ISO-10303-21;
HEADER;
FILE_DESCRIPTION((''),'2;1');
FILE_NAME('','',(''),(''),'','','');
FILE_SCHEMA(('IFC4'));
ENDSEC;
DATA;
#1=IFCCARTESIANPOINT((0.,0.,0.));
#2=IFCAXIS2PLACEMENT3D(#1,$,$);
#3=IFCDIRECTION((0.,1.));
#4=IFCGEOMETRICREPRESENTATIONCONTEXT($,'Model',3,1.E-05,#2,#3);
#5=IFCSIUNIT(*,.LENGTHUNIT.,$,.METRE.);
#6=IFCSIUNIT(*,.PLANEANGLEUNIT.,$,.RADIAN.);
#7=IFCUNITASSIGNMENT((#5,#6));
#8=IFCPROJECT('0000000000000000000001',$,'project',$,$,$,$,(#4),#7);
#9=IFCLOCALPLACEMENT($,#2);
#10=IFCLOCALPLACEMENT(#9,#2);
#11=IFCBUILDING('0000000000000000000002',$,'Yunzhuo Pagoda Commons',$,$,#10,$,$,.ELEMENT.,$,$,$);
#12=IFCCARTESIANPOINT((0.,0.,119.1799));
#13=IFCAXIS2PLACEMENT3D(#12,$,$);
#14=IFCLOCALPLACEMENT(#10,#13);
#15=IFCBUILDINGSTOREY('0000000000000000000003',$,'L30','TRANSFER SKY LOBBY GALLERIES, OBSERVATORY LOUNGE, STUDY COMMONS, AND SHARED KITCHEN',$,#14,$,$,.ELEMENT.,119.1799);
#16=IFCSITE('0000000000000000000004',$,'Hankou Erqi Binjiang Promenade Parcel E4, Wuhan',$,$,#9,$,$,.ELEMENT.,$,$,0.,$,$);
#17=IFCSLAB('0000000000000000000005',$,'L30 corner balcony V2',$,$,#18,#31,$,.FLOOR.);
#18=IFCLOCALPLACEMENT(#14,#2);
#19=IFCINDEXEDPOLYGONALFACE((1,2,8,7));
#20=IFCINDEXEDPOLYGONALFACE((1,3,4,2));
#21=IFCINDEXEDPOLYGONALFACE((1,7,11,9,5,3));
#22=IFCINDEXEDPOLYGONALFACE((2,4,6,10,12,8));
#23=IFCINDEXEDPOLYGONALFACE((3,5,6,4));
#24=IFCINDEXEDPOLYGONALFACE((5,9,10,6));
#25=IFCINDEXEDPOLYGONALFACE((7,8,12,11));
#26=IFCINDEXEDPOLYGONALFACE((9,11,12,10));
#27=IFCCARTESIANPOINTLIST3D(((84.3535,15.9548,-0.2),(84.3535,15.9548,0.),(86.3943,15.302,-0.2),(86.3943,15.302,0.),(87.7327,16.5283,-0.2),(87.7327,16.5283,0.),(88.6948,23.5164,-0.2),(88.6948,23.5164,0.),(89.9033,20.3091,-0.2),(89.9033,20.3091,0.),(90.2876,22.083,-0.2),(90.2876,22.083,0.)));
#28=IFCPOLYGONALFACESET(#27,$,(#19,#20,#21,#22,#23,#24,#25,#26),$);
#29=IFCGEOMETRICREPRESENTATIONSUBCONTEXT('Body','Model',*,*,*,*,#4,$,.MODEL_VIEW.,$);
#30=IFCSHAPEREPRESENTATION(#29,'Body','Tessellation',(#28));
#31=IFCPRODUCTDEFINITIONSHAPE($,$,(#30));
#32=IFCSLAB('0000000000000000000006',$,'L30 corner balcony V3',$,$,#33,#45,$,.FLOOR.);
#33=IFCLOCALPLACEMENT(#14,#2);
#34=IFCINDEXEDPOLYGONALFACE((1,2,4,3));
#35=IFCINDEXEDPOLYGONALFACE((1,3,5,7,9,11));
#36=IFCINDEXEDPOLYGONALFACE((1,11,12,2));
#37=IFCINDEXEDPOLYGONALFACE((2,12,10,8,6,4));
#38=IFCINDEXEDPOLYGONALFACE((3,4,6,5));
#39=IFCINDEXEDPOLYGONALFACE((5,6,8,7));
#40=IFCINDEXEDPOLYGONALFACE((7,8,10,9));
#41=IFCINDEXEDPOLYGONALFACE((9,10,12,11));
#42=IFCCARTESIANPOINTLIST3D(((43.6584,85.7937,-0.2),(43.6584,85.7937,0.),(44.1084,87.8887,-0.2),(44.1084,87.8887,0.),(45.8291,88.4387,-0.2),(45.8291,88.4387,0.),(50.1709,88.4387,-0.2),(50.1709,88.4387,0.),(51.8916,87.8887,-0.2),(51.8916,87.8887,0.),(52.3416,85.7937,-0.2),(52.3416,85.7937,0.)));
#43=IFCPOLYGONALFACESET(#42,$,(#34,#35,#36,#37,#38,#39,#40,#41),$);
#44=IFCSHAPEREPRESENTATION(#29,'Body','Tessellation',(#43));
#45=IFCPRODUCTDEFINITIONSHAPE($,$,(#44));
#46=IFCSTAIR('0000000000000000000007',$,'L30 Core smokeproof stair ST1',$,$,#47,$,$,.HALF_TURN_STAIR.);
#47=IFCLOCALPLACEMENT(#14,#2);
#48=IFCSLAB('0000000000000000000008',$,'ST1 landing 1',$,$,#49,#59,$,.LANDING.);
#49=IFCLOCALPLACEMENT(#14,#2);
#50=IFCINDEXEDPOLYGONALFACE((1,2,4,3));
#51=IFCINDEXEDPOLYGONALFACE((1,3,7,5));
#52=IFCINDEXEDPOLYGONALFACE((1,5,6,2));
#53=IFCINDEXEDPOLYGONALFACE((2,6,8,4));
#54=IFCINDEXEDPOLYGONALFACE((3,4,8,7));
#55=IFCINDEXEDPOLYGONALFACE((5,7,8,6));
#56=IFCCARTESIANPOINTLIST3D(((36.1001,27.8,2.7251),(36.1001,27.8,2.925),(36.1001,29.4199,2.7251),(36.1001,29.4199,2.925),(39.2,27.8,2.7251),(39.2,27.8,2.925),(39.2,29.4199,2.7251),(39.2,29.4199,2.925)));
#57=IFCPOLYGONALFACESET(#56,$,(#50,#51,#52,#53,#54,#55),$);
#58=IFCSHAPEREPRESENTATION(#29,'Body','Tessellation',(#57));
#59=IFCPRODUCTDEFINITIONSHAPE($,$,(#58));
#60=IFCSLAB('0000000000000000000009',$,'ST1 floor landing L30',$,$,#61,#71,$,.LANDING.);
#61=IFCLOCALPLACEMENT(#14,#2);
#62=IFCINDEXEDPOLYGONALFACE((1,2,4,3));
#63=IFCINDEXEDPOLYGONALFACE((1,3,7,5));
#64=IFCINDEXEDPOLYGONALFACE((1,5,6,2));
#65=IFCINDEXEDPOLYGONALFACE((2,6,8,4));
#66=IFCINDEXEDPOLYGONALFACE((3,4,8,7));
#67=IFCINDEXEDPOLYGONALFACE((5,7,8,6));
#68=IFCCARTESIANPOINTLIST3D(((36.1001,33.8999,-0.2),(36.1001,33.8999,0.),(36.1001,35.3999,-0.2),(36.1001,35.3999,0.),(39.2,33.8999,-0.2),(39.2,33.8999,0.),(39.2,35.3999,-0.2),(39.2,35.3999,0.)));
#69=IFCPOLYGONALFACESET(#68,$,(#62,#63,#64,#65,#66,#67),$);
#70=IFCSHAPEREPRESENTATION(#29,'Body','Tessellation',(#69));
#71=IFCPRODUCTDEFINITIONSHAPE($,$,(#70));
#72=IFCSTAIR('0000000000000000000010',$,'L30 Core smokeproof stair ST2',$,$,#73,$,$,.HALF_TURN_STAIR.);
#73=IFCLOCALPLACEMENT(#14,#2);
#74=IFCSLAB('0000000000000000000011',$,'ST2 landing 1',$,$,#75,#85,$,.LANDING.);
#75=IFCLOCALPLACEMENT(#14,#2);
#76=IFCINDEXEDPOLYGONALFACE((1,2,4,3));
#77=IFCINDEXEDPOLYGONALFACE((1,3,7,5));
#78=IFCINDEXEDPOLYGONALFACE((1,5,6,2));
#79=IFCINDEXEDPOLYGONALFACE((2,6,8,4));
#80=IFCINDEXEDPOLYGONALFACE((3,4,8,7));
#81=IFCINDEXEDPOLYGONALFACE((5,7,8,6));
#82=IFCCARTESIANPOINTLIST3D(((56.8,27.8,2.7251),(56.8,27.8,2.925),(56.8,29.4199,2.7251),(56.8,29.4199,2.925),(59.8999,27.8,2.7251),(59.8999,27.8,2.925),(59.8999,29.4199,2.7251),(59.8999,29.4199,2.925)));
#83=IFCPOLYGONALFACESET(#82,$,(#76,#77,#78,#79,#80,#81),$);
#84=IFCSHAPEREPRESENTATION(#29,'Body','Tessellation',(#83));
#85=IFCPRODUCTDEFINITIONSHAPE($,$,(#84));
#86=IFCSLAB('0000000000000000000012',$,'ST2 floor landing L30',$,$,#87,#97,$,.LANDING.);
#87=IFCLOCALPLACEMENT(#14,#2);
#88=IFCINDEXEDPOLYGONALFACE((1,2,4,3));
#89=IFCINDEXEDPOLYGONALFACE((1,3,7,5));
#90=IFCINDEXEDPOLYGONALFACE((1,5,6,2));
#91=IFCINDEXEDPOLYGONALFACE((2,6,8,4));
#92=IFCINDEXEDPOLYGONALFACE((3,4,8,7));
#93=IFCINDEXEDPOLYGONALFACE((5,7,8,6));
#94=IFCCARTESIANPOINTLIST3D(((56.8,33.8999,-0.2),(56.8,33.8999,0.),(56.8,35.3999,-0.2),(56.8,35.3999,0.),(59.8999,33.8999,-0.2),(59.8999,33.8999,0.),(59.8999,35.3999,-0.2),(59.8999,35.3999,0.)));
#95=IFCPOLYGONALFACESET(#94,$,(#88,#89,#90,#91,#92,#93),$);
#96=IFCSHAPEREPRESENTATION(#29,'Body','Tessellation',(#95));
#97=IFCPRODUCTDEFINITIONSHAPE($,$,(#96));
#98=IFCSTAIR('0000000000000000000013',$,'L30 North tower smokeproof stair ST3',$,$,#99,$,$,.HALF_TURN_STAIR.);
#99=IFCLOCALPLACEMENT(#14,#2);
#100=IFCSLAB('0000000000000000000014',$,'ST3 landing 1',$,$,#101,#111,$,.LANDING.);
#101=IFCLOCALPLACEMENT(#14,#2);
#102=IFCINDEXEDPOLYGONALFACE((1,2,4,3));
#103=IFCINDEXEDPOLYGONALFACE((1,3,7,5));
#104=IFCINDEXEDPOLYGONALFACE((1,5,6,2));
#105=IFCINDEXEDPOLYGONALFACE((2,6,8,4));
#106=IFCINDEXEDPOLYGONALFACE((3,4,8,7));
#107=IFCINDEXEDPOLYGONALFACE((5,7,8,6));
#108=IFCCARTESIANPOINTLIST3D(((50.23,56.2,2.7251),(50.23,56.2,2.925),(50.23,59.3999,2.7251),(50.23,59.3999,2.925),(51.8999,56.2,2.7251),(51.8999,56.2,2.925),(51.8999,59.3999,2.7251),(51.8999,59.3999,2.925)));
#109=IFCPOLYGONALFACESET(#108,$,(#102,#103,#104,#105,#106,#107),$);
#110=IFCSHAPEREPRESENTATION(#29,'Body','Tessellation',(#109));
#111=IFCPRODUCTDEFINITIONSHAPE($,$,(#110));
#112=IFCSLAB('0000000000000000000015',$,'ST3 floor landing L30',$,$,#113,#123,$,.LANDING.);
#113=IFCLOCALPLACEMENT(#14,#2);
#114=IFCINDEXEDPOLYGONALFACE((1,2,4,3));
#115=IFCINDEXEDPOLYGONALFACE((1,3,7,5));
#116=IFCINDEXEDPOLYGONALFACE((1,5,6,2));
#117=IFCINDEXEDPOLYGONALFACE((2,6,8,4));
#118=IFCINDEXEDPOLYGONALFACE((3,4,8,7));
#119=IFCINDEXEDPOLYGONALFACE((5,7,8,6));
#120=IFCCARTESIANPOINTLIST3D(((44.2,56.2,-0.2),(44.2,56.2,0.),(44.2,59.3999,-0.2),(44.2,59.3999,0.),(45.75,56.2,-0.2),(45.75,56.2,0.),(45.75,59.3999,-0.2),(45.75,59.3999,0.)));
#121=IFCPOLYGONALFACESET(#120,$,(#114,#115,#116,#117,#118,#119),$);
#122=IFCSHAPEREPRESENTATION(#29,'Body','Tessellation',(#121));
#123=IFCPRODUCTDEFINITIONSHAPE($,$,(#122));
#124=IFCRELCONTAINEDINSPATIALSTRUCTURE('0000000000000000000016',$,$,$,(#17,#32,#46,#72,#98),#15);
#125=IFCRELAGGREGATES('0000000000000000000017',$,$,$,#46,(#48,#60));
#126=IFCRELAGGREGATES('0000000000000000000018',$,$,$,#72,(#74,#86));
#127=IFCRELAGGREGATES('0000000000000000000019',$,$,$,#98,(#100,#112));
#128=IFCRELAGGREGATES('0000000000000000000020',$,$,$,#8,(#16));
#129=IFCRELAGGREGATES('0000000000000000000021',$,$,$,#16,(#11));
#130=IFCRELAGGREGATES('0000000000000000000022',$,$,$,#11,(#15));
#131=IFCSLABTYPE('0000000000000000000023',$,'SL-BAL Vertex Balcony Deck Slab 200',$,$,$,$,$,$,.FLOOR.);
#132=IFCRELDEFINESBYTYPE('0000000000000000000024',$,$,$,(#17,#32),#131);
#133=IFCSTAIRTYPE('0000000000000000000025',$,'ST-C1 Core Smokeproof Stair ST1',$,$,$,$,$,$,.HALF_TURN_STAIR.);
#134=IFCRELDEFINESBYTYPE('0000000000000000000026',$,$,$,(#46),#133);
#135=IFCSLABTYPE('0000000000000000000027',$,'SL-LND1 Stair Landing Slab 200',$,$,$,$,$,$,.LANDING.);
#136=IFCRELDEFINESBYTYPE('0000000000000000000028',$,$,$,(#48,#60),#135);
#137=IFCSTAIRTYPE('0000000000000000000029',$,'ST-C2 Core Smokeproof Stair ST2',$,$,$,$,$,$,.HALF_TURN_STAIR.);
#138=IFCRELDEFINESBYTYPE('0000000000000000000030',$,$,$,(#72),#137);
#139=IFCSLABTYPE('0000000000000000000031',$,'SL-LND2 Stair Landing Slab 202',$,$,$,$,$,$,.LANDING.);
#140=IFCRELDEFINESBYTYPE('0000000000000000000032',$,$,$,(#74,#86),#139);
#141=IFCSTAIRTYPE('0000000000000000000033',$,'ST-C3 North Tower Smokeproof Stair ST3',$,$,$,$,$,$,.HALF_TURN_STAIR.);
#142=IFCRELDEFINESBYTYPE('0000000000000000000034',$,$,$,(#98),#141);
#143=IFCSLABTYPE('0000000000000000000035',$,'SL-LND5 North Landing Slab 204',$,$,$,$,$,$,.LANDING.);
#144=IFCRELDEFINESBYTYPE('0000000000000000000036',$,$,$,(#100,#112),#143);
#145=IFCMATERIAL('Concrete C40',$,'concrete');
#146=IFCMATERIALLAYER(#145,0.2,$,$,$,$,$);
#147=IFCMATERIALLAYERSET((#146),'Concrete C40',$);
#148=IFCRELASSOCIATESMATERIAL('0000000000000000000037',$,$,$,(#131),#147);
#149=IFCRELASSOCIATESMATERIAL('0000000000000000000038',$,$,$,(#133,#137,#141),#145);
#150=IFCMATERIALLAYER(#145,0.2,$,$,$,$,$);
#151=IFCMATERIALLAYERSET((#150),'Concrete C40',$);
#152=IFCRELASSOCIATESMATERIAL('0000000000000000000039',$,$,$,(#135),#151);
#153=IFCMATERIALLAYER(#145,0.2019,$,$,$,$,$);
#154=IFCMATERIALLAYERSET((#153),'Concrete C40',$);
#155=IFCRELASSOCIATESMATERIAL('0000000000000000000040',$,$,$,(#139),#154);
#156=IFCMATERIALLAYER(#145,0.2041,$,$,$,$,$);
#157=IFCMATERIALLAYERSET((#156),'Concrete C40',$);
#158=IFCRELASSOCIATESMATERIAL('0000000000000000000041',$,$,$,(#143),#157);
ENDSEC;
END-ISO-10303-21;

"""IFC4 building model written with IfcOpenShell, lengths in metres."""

from ifc_helpers import new_model, si_unit, direction, frame, origin, place, context, subcontext, project, spatial, polyline, outline, extrude, material, layer, layer_set, type_object, element, aggregate, save


model = new_model("IFC4")

# Units and contexts
model_context = context("Model", 3, precision=1e-05, world=origin(), true_north=direction((0.0, 1.0)))
body_context = subcontext(model_context, "Body", "Model", "MODEL_VIEW")
ifc_project = project(units=[si_unit("LENGTHUNIT", "METRE"), si_unit("PLANEANGLEUNIT", "RADIAN")], contexts=[model_context])

# Site, building, storey
site_placement = place(None, origin())
site = spatial("IfcSite", under=ifc_project, at=site_placement, Name="Hankou Erqi Binjiang Promenade Parcel E4, Wuhan", CompositionType="ELEMENT", RefElevation=0.0)
building_placement = place(site_placement, origin())
building = spatial("IfcBuilding", under=site, at=building_placement, Name="Yunzhuo Pagoda Commons", CompositionType="ELEMENT")
storey_placement = place(building_placement, frame((0.0, 0.0, 119.1799)))
storey = spatial("IfcBuildingStorey", under=building, at=storey_placement, Name="L30", Description="TRANSFER SKY LOBBY GALLERIES, OBSERVATORY LOUNGE, STUDY COMMONS, AND SHARED KITCHEN", CompositionType="ELEMENT", Elevation=119.1799)

# Slabs
ifc_material_1 = material(Name="Concrete C40", Category="concrete")
ifc_layer_1 = layer(ifc_material_1, 0.2)
ifc_layer_set_1 = layer_set([ifc_layer_1], Name="Concrete C40")
slab_type_1 = type_object("IfcSlabType", Name="SL-BAL Vertex Balcony Deck Slab 200", PredefinedType="FLOOR", material=ifc_layer_set_1)
slab_1_placement = place(storey_placement, frame((0.0, 0.0, -0.2)))
element("IfcSlab", 1, at=slab_1_placement, inside=storey, type_object=slab_type_1, Name="L30 corner balcony V2", PredefinedType="FLOOR", context=body_context, shape_type="SweptSolid", body=[
    extrude(outline(polyline([(84.3535, 15.9548), (88.6948, 23.5164), (90.2876, 22.083), (89.9033, 20.3091), (87.7327, 16.5283), (86.3943, 15.302), (84.3535, 15.9548)])), origin(), (0.0, 0.0, 1.0), 0.2),
])
slab_2_placement = place(storey_placement, frame((0.0, 0.0, -0.2)))
element("IfcSlab", 2, at=slab_2_placement, inside=storey, type_object=slab_type_1, Name="L30 corner balcony V3", PredefinedType="FLOOR", context=body_context, shape_type="SweptSolid", body=[
    extrude(outline(polyline([(52.3416, 85.7937), (43.6584, 85.7937), (44.1084, 87.8887), (45.8291, 88.4387), (50.1709, 88.4387), (51.8916, 87.8887), (52.3416, 85.7937)])), origin(), (0.0, 0.0, 1.0), 0.2),
])

# Stairs, slabs
stair_type_1 = type_object("IfcStairType", Name="ST-C1 Core Smokeproof Stair ST1", PredefinedType="HALF_TURN_STAIR", material=ifc_material_1)
stair_1_placement = place(storey_placement, origin())
stair_1 = element("IfcStair", 3, at=stair_1_placement, inside=storey, type_object=stair_type_1, Name="L30 Core smokeproof stair ST1", PredefinedType="HALF_TURN_STAIR")
ifc_layer_2 = layer(ifc_material_1, 0.2)
ifc_layer_set_2 = layer_set([ifc_layer_2], Name="Concrete C40")
slab_type_2 = type_object("IfcSlabType", Name="SL-LND1 Stair Landing Slab 200", PredefinedType="LANDING", material=ifc_layer_set_2)
slab_3_placement = place(storey_placement, frame((0.0, 0.0, 2.7251)))
slab_3 = element("IfcSlab", 4, at=slab_3_placement, type_object=slab_type_2, Name="ST1 landing 1", PredefinedType="LANDING", context=body_context, shape_type="SweptSolid", body=[
    extrude(outline(polyline([(36.1001, 29.4199), (36.1001, 27.8), (39.2, 27.8), (39.2, 29.4199), (36.1001, 29.4199)])), origin(), (0.0, 0.0, 1.0), 0.2),
])
slab_4_placement = place(storey_placement, frame((0.0, 0.0, -0.2)))
slab_4 = element("IfcSlab", 5, at=slab_4_placement, type_object=slab_type_2, Name="ST1 floor landing L30", PredefinedType="LANDING", context=body_context, shape_type="SweptSolid", body=[
    extrude(outline(polyline([(36.1001, 35.3999), (36.1001, 33.8999), (39.2, 33.8999), (39.2, 35.3999), (36.1001, 35.3999)])), origin(), (0.0, 0.0, 1.0), 0.2),
])
aggregate(stair_1, [slab_3, slab_4])
stair_type_2 = type_object("IfcStairType", Name="ST-C2 Core Smokeproof Stair ST2", PredefinedType="HALF_TURN_STAIR", material=ifc_material_1)
stair_2_placement = place(storey_placement, origin())
stair_2 = element("IfcStair", 6, at=stair_2_placement, inside=storey, type_object=stair_type_2, Name="L30 Core smokeproof stair ST2", PredefinedType="HALF_TURN_STAIR")
ifc_layer_3 = layer(ifc_material_1, 0.2019)
ifc_layer_set_3 = layer_set([ifc_layer_3], Name="Concrete C40")
slab_type_3 = type_object("IfcSlabType", Name="SL-LND2 Stair Landing Slab 202", PredefinedType="LANDING", material=ifc_layer_set_3)
slab_5_placement = place(storey_placement, frame((0.0, 0.0, 2.7251)))
slab_5 = element("IfcSlab", 7, at=slab_5_placement, type_object=slab_type_3, Name="ST2 landing 1", PredefinedType="LANDING", context=body_context, shape_type="SweptSolid", body=[
    extrude(outline(polyline([(56.8, 29.4199), (56.8, 27.8), (59.8999, 27.8), (59.8999, 29.4199), (56.8, 29.4199)])), origin(), (0.0, 0.0, 1.0), 0.2),
])
slab_6_placement = place(storey_placement, frame((0.0, 0.0, -0.2)))
slab_6 = element("IfcSlab", 8, at=slab_6_placement, type_object=slab_type_3, Name="ST2 floor landing L30", PredefinedType="LANDING", context=body_context, shape_type="SweptSolid", body=[
    extrude(outline(polyline([(56.8, 35.3999), (56.8, 33.8999), (59.8999, 33.8999), (59.8999, 35.3999), (56.8, 35.3999)])), origin(), (0.0, 0.0, 1.0), 0.2),
])
aggregate(stair_2, [slab_5, slab_6])
stair_type_3 = type_object("IfcStairType", Name="ST-C3 North Tower Smokeproof Stair ST3", PredefinedType="HALF_TURN_STAIR", material=ifc_material_1)
stair_3_placement = place(storey_placement, origin())
stair_3 = element("IfcStair", 9, at=stair_3_placement, inside=storey, type_object=stair_type_3, Name="L30 North tower smokeproof stair ST3", PredefinedType="HALF_TURN_STAIR")
ifc_layer_4 = layer(ifc_material_1, 0.2041)
ifc_layer_set_4 = layer_set([ifc_layer_4], Name="Concrete C40")
slab_type_4 = type_object("IfcSlabType", Name="SL-LND5 North Landing Slab 204", PredefinedType="LANDING", material=ifc_layer_set_4)
slab_7_placement = place(storey_placement, frame((0.0, 0.0, 2.7251)))
slab_7 = element("IfcSlab", 10, at=slab_7_placement, type_object=slab_type_4, Name="ST3 landing 1", PredefinedType="LANDING", context=body_context, shape_type="SweptSolid", body=[
    extrude(outline(polyline([(50.23, 56.2), (51.8999, 56.2), (51.8999, 59.3999), (50.23, 59.3999), (50.23, 56.2)])), origin(), (0.0, 0.0, 1.0), 0.2),
])
slab_8_placement = place(storey_placement, frame((0.0, 0.0, -0.2)))
slab_8 = element("IfcSlab", 11, at=slab_8_placement, type_object=slab_type_4, Name="ST3 floor landing L30", PredefinedType="LANDING", context=body_context, shape_type="SweptSolid", body=[
    extrude(outline(polyline([(44.2, 56.2), (45.75, 56.2), (45.75, 59.3999), (44.2, 59.3999), (44.2, 56.2)])), origin(), (0.0, 0.0, 1.0), 0.2),
])
aggregate(stair_3, [slab_7, slab_8])

save(model, "model.ifc")
